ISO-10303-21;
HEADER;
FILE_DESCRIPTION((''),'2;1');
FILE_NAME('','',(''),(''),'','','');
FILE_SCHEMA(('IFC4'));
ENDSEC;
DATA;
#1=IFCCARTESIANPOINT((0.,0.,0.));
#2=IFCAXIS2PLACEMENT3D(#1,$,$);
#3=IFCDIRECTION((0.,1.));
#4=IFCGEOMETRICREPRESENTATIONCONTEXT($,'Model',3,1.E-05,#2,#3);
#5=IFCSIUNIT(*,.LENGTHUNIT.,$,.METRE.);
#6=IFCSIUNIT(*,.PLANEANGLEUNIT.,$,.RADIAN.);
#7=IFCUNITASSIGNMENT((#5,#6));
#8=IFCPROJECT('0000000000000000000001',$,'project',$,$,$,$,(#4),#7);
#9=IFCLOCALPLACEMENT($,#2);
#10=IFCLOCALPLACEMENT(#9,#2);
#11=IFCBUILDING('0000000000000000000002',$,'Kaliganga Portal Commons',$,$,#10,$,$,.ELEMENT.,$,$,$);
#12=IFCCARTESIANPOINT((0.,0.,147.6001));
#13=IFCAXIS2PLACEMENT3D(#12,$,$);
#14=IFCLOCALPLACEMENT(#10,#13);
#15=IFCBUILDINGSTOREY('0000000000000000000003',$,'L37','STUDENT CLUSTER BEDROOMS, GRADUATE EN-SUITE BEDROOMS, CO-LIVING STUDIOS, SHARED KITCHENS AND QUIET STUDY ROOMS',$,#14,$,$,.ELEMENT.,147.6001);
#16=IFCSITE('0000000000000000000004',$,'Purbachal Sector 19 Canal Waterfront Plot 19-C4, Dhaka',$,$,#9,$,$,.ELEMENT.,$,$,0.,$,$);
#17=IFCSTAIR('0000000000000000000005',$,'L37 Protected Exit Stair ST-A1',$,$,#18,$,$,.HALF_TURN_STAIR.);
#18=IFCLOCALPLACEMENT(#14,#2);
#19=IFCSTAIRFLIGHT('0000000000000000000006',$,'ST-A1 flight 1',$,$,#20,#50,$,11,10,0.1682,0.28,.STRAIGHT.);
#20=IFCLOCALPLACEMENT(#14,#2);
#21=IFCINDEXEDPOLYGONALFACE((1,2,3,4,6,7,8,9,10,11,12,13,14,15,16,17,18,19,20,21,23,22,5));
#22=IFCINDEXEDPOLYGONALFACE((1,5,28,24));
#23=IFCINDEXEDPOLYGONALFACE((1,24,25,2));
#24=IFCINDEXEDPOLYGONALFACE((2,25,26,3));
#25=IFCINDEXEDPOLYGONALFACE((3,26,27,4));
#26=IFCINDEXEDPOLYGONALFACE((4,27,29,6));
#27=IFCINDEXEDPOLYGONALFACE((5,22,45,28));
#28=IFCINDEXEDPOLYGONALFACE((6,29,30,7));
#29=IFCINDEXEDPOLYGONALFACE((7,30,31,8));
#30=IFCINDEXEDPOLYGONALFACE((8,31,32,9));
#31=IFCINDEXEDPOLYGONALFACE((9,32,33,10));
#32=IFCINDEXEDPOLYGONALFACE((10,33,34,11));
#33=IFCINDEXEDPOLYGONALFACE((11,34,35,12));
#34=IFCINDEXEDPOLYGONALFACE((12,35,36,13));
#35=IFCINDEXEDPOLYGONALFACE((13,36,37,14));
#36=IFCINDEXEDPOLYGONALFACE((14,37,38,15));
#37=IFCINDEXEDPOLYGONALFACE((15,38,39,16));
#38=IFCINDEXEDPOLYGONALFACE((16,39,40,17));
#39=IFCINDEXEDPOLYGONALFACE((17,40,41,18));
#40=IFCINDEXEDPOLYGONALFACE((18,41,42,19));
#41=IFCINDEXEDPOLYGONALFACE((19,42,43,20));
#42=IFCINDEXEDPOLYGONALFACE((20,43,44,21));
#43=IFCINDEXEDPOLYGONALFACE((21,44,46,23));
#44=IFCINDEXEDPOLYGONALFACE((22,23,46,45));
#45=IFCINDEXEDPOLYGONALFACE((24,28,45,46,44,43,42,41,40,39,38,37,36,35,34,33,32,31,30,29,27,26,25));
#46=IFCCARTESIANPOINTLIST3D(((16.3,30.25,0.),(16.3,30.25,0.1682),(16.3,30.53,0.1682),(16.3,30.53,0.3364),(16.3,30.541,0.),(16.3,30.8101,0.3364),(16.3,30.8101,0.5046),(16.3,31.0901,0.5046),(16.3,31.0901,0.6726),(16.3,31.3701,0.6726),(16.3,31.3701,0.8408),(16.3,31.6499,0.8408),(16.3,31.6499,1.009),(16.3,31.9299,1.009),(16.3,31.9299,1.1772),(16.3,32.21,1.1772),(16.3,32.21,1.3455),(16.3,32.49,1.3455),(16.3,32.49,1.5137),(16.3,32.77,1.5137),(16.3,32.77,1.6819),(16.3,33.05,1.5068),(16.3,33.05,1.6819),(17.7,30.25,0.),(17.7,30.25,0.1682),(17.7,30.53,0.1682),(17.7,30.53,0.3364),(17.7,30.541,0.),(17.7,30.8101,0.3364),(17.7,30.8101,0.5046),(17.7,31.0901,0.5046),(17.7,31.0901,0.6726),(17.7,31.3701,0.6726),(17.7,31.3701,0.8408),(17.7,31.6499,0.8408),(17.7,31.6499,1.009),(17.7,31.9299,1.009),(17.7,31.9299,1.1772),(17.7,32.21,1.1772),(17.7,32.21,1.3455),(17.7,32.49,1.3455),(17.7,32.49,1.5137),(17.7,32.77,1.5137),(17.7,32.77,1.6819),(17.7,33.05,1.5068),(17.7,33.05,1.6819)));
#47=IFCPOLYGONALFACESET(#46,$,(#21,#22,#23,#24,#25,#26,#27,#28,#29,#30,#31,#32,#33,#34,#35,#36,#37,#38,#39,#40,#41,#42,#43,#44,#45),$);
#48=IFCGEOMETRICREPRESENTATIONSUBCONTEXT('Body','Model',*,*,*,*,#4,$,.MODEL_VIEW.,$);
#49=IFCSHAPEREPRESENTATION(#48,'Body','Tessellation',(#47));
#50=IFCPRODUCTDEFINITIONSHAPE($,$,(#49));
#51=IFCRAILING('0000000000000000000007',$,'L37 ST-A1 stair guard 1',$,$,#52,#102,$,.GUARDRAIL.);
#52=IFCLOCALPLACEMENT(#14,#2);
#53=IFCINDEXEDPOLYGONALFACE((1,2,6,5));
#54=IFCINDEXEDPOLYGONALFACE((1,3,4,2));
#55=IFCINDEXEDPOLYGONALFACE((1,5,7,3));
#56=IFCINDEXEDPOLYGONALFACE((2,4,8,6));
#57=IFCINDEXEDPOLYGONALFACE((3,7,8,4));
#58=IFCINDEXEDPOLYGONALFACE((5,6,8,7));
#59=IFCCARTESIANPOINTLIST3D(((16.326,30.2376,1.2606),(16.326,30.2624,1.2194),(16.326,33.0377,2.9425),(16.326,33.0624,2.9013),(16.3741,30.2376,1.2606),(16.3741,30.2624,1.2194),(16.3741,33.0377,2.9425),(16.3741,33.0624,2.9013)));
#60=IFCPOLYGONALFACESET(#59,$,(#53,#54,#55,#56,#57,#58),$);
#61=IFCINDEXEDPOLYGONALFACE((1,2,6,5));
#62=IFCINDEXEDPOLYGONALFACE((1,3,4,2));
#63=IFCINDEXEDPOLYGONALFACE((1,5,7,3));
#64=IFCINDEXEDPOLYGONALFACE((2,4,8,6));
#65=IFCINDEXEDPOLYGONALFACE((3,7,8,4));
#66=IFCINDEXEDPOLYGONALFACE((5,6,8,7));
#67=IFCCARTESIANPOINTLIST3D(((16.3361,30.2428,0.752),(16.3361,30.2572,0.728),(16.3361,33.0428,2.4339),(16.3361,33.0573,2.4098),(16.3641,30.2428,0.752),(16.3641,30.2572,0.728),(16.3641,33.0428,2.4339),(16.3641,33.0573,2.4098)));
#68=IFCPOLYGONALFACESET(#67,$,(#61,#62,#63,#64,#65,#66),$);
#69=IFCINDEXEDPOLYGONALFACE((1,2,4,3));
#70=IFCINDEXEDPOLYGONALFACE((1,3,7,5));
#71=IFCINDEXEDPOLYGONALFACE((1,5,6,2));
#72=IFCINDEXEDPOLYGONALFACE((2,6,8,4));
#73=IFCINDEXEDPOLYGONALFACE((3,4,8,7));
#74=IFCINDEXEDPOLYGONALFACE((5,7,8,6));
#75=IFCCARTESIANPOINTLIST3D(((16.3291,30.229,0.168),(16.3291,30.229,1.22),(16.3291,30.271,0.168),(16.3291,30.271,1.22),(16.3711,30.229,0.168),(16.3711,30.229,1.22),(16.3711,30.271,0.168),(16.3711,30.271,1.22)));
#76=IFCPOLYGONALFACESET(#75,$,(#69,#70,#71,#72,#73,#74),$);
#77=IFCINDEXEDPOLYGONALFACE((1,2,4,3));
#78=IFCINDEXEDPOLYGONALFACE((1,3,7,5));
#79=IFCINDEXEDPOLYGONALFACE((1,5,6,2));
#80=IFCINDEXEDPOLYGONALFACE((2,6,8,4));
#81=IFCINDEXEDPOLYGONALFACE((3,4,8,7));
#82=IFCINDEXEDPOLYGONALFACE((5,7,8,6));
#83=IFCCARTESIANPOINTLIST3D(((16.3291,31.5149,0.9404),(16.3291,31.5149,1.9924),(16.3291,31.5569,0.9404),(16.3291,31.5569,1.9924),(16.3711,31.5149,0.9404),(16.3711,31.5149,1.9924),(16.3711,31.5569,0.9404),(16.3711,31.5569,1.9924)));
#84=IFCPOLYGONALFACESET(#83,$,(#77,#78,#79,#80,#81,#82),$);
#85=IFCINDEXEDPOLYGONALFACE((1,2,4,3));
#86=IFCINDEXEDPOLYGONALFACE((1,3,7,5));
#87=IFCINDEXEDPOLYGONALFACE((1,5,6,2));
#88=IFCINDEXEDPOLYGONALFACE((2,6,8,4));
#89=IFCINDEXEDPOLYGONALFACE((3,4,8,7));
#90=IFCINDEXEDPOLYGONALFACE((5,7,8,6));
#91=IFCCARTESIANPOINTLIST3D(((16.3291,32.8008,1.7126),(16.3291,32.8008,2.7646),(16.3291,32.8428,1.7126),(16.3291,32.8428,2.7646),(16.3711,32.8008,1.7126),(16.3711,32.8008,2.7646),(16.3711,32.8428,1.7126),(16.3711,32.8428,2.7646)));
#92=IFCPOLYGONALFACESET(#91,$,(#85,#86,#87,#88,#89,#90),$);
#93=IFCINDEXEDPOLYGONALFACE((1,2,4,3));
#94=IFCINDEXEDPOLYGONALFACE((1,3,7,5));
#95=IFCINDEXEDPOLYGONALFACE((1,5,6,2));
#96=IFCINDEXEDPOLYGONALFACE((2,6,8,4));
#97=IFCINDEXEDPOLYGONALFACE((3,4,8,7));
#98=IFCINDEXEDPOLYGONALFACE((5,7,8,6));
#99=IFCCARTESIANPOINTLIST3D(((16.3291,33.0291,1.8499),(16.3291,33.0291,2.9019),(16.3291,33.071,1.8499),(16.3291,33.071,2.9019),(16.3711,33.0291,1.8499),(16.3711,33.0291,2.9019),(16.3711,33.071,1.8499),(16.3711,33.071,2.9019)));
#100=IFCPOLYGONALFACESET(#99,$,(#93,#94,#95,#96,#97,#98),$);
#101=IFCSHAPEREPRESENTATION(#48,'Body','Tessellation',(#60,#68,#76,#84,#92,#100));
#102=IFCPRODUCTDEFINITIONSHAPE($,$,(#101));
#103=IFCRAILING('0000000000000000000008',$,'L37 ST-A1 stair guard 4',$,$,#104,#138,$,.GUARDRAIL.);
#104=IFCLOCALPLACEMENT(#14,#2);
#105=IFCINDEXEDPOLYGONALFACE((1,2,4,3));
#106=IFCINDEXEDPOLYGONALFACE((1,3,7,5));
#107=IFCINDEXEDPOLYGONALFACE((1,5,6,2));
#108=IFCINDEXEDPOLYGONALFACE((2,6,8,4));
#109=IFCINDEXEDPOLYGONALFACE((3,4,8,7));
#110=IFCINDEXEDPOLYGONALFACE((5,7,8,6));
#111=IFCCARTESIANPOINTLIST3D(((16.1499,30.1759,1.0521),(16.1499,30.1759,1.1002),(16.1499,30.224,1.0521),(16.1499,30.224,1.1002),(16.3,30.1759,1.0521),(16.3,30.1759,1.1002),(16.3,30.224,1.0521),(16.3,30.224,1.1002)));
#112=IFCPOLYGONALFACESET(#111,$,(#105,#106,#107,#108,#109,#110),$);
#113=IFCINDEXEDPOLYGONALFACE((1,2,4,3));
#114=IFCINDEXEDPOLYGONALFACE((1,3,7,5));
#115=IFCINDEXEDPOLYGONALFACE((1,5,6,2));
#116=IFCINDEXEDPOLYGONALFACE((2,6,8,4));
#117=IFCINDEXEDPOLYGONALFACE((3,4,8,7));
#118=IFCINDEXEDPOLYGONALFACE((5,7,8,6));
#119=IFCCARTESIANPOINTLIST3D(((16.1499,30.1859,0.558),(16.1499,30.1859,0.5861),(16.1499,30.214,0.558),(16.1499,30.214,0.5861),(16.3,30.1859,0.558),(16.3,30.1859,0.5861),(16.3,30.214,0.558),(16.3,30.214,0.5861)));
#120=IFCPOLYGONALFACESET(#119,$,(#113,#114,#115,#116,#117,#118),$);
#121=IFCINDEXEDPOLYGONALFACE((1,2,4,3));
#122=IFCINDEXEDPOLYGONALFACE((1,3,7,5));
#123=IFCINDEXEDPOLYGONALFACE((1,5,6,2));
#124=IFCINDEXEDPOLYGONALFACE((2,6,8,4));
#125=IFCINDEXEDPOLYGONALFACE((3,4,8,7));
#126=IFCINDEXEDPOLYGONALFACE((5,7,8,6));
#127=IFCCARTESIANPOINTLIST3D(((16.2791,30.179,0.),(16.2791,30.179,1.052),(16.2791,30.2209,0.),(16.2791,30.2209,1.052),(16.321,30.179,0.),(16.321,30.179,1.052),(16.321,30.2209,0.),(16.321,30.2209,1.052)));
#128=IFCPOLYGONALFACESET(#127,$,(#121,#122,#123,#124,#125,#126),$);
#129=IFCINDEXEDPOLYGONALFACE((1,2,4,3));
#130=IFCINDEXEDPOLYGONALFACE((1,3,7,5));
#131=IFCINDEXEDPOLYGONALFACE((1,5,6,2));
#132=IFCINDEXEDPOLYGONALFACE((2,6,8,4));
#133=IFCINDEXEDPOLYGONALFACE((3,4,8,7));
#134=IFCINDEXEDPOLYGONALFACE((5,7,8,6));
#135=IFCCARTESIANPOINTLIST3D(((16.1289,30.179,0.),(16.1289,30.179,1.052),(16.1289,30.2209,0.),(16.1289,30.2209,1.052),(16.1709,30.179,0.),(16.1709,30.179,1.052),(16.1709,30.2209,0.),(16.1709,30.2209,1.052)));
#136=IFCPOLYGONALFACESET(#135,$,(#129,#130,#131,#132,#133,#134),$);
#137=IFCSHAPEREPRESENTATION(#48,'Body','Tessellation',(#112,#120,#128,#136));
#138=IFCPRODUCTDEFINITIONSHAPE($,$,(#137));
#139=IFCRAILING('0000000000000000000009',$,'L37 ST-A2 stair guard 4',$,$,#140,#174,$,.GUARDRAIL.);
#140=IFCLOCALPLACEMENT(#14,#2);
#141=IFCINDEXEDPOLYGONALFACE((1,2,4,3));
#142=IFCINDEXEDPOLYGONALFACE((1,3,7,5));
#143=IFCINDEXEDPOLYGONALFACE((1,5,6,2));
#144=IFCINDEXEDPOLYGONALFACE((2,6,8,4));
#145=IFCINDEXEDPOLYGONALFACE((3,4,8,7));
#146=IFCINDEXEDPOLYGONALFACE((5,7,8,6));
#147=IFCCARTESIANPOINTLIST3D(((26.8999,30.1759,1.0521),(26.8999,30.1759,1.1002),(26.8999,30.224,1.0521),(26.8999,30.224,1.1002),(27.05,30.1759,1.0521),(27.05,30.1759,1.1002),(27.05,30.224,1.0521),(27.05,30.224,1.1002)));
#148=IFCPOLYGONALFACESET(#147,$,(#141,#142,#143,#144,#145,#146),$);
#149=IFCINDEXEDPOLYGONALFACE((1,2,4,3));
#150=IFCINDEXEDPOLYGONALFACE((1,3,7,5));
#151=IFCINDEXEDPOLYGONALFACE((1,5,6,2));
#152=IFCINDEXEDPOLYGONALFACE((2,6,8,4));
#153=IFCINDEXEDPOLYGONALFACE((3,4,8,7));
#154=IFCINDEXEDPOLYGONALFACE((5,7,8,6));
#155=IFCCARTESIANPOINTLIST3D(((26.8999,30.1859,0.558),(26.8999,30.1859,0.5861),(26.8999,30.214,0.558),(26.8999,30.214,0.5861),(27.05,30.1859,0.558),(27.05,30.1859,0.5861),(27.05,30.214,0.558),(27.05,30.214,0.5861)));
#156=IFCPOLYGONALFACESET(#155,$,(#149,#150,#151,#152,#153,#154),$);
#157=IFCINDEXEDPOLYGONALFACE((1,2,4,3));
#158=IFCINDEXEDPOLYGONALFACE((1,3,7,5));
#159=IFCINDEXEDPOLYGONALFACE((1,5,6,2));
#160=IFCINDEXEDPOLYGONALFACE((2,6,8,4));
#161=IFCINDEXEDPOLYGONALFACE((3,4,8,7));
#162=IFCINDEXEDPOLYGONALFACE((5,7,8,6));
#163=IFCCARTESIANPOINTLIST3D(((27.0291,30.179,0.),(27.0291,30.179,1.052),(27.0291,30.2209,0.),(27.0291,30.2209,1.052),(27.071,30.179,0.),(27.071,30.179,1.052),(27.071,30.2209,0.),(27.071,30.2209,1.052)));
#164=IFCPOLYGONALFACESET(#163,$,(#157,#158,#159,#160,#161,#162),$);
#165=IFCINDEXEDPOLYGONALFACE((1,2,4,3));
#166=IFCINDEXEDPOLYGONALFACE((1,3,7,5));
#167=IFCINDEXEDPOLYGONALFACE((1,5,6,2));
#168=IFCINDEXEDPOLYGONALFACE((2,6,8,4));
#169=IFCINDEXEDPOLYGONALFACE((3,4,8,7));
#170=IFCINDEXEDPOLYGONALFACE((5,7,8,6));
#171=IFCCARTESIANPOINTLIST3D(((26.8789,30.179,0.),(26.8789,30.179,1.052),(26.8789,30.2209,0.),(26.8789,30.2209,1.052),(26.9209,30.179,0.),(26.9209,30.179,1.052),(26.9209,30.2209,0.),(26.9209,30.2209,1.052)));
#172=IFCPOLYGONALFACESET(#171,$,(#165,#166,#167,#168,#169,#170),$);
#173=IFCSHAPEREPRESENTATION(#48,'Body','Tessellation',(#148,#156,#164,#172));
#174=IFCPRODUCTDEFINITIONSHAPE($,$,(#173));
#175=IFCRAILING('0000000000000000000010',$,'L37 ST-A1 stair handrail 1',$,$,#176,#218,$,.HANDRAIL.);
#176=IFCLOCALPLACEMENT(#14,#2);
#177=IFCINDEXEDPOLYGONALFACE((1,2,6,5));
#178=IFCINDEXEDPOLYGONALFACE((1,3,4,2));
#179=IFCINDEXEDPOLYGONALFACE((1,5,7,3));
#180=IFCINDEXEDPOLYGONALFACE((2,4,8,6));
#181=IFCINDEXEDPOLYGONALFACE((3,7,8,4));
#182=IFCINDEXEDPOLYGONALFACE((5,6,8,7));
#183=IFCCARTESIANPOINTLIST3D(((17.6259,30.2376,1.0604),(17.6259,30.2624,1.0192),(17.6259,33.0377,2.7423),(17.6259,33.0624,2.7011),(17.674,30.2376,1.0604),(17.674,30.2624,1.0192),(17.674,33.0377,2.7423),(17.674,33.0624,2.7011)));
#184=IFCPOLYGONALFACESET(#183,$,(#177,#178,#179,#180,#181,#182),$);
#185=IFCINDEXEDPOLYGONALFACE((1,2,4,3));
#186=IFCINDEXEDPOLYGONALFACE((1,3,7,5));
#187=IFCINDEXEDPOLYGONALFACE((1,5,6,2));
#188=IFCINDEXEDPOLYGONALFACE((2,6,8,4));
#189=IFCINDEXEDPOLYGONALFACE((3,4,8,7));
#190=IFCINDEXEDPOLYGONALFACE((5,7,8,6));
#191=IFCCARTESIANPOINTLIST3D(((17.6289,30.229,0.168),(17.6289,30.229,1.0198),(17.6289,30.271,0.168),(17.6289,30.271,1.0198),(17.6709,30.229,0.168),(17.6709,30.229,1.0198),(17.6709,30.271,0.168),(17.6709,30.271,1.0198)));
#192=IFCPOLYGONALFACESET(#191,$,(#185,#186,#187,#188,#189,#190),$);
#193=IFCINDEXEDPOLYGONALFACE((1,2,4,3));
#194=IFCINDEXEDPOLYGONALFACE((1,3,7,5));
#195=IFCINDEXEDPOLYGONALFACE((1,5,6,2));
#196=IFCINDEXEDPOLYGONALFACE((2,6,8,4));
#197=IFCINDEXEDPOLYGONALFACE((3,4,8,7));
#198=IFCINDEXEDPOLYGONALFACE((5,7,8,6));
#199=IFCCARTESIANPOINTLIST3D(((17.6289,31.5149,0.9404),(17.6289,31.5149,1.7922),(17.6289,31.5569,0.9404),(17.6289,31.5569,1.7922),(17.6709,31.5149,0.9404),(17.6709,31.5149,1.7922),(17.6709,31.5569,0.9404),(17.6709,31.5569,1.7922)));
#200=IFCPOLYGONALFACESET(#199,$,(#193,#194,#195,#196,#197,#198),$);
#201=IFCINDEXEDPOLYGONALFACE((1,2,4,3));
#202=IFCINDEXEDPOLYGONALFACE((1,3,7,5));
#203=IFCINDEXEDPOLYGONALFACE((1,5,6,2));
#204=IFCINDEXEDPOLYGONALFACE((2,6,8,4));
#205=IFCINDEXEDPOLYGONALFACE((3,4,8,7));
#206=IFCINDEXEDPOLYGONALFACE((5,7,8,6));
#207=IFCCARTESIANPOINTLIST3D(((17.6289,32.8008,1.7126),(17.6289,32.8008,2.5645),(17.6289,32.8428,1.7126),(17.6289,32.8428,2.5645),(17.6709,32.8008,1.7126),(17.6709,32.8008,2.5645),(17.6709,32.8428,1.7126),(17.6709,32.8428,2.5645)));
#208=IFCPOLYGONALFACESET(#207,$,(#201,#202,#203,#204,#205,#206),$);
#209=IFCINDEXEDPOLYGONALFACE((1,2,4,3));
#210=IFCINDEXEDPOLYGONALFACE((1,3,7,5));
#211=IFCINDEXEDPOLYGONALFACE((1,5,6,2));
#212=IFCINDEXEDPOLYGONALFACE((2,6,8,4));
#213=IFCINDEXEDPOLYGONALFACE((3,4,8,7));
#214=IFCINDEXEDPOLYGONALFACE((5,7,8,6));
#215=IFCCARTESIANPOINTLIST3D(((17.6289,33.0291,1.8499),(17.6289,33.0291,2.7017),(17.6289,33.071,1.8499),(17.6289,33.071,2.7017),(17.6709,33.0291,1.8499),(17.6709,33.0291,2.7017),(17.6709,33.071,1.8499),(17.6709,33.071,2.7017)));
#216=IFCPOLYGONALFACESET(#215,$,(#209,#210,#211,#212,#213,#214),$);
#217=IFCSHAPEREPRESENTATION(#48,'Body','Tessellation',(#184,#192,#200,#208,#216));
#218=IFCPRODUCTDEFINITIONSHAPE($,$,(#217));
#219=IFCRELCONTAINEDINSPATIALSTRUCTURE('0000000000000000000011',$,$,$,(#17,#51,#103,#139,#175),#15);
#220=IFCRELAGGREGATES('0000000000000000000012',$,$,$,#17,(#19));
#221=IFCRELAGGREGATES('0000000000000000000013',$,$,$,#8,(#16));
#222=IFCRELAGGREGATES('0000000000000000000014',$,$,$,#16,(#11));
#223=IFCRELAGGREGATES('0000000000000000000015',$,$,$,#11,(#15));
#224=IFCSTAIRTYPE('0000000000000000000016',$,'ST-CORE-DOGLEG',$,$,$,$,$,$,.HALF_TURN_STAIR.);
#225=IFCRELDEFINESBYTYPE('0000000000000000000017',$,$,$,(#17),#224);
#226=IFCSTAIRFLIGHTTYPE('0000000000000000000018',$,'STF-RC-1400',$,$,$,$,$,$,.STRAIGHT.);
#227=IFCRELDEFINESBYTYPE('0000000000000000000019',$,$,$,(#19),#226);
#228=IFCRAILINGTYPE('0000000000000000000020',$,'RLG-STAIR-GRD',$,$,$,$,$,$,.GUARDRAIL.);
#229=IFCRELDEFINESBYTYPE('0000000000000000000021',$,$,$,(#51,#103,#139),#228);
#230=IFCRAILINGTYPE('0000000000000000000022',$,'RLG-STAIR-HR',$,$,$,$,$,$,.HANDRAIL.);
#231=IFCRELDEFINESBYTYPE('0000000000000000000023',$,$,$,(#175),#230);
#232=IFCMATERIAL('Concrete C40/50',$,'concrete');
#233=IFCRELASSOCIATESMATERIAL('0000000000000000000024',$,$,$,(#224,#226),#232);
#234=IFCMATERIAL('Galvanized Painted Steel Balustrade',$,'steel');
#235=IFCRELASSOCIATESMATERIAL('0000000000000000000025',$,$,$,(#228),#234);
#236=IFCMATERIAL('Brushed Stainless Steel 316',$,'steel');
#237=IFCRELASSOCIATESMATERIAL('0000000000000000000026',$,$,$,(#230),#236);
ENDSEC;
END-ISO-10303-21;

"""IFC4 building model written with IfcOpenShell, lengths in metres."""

from ifc_helpers import new_model, si_unit, direction, frame, origin, origin_2d, place, context, subcontext, project, spatial, polyline, rectangle, outline, extrude, material, type_object, element, aggregate, save


model = new_model("IFC4")

# Units and contexts
model_context = context("Model", 3, precision=1e-05, world=origin(), true_north=direction((0.0, 1.0)))
body_context = subcontext(model_context, "Body", "Model", "MODEL_VIEW")
ifc_project = project(units=[si_unit("LENGTHUNIT", "METRE"), si_unit("PLANEANGLEUNIT", "RADIAN")], contexts=[model_context])

# Site, building, storey
site_placement = place(None, origin())
site = spatial("IfcSite", under=ifc_project, at=site_placement, Name="Purbachal Sector 19 Canal Waterfront Plot 19-C4, Dhaka", CompositionType="ELEMENT", RefElevation=0.0)
building_placement = place(site_placement, origin())
building = spatial("IfcBuilding", under=site, at=building_placement, Name="Kaliganga Portal Commons", CompositionType="ELEMENT")
storey_placement = place(building_placement, frame((0.0, 0.0, 147.6001)))
storey = spatial("IfcBuildingStorey", under=building, at=storey_placement, Name="L37", Description="STUDENT CLUSTER BEDROOMS, GRADUATE EN-SUITE BEDROOMS, CO-LIVING STUDIOS, SHARED KITCHENS AND QUIET STUDY ROOMS", CompositionType="ELEMENT", Elevation=147.6001)

# Stair, stair flight
ifc_material_1 = material(Name="Concrete C40/50", Category="concrete")
stair_type = type_object("IfcStairType", Name="ST-CORE-DOGLEG", PredefinedType="HALF_TURN_STAIR", material=ifc_material_1)
stair_placement = place(storey_placement, origin())
stair = element("IfcStair", 1, at=stair_placement, inside=storey, type_object=stair_type, Name="L37 Protected Exit Stair ST-A1", PredefinedType="HALF_TURN_STAIR")
stair_flight_type = type_object("IfcStairFlightType", Name="STF-RC-1400", PredefinedType="STRAIGHT", material=ifc_material_1)
stair_flight_placement = place(storey_placement, frame((17.0, 30.25, 0.0), z_axis=(0.0, 0.0, 1.0), x_axis=(0.0, 1.0, 0.0)))
stair_flight = element("IfcStairFlight", 2, at=stair_flight_placement, type_object=stair_flight_type, Name="ST-A1 flight 1", NumberOfRisers=11, NumberOfTreads=10, PredefinedType="STRAIGHT", RiserHeight=0.1682, TreadLength=0.28, context=body_context, shape_type="SweptSolid", body=[
    extrude(outline(polyline([(0.0, 0.0), (0.0, 0.1682), (0.28, 0.1682), (0.28, 0.3364), (0.5601, 0.3364), (0.5601, 0.5046), (0.8401, 0.5046), (0.8401, 0.6726), (1.1201, 0.6726), (1.1201, 0.8408), (1.3999, 0.8408), (1.3999, 1.009), (1.6799, 1.009), (1.6799, 1.1772), (1.96, 1.1772), (1.96, 1.3455), (2.24, 1.3455), (2.24, 1.5137), (2.52, 1.5137), (2.52, 1.6819), (2.8, 1.6819), (2.8, 1.8501), (2.8, 1.5068), (0.291, 0.0), (0.0, 0.0)])), frame((0.0, 0.7, 0.0), z_axis=(0.0, -1.0, 0.0), x_axis=(1.0, 0.0, 0.0)), (0.0, 0.0, 1.0), 1.3999),
])
aggregate(stair, [stair_flight])

# Railings
ifc_material_2 = material(Name="Galvanized Painted Steel Balustrade", Category="steel")
railing_type_1 = type_object("IfcRailingType", Name="RLG-STAIR-GRD", PredefinedType="GUARDRAIL", material=ifc_material_2)
railing_1_placement = place(storey_placement, frame((16.3501, 30.25, 0.168)))
element("IfcRailing", 3, at=railing_1_placement, inside=storey, type_object=railing_type_1, Name="L37 ST-A1 stair guard 1", PredefinedType="GUARDRAIL", context=body_context, shape_type="SweptSolid", body=[
    extrude(rectangle(XDim=0.0481, YDim=0.0481, at=origin_2d()), frame((0.0, 0.0, 1.072), z_axis=(0.0, 0.857242, 0.514913), x_axis=(-1.0, 0.0, 0.0)), (0.0, 0.0, 1.0), 3.2664),
    extrude(rectangle(XDim=0.0281, YDim=0.0281, at=origin_2d()), frame((0.0, 0.0, 0.572), z_axis=(0.0, 0.857242, 0.514913), x_axis=(-1.0, 0.0, 0.0)), (0.0, 0.0, 1.0), 3.2664),
    extrude(rectangle(XDim=0.042, YDim=0.042, at=origin_2d()), origin(), (0.0, 0.0, 1.0), 1.052),
    extrude(rectangle(XDim=0.042, YDim=0.042, at=origin_2d()), frame((0.0, 1.2859, 0.7725)), (0.0, 0.0, 1.0), 1.052),
    extrude(rectangle(XDim=0.042, YDim=0.042, at=origin_2d()), frame((0.0, 2.5718, 1.5447)), (0.0, 0.0, 1.0), 1.052),
    extrude(rectangle(XDim=0.042, YDim=0.042, at=origin_2d()), frame((0.0, 2.8, 1.6819)), (0.0, 0.0, 1.0), 1.052),
])
for number, where, name in (
    (4, (16.3, 30.2, 0.0), "L37 ST-A1 stair guard 4"),
    (5, (27.05, 30.2, 0.0), "L37 ST-A2 stair guard 4"),
):
    element("IfcRailing", number, at=place(storey_placement, frame(where)), inside=storey, type_object=railing_type_1, Name=name, PredefinedType="GUARDRAIL", context=body_context, shape_type="SweptSolid", body=[
        extrude(rectangle(XDim=0.0481, YDim=0.0481, at=origin_2d()), frame((0.0, 0.0, 1.0762), z_axis=(-1.0, 0.0, 0.0), x_axis=(0.0, -1.0, 0.0)), (0.0, 0.0, 1.0), 0.1501),
        extrude(rectangle(XDim=0.0281, YDim=0.0281, at=origin_2d()), frame((0.0, 0.0, 0.572), z_axis=(-1.0, 0.0, 0.0), x_axis=(0.0, -1.0, 0.0)), (0.0, 0.0, 1.0), 0.1501),
        extrude(rectangle(XDim=0.042, YDim=0.042, at=origin_2d()), origin(), (0.0, 0.0, 1.0), 1.052),
        extrude(rectangle(XDim=0.042, YDim=0.042, at=origin_2d()), frame((-0.1501, 0.0, 0.0)), (0.0, 0.0, 1.0), 1.052),
    ])
ifc_material_3 = material(Name="Brushed Stainless Steel 316", Category="steel")
railing_type_2 = type_object("IfcRailingType", Name="RLG-STAIR-HR", PredefinedType="HANDRAIL", material=ifc_material_3)
railing_2_placement = place(storey_placement, frame((17.6499, 30.25, 0.168)))
element("IfcRailing", 6, at=railing_2_placement, inside=storey, type_object=railing_type_2, Name="L37 ST-A1 stair handrail 1", PredefinedType="HANDRAIL", context=body_context, shape_type="SweptSolid", body=[
    extrude(rectangle(XDim=0.0481, YDim=0.0481, at=origin_2d()), frame((0.0, 0.0, 0.8718), z_axis=(0.0, 0.857242, 0.514913), x_axis=(-1.0, 0.0, 0.0)), (0.0, 0.0, 1.0), 3.2664),
    extrude(rectangle(XDim=0.042, YDim=0.042, at=origin_2d()), origin(), (0.0, 0.0, 1.0), 0.8518),
    extrude(rectangle(XDim=0.042, YDim=0.042, at=origin_2d()), frame((0.0, 1.2859, 0.7725)), (0.0, 0.0, 1.0), 0.8518),
    extrude(rectangle(XDim=0.042, YDim=0.042, at=origin_2d()), frame((0.0, 2.5718, 1.5447)), (0.0, 0.0, 1.0), 0.8518),
    extrude(rectangle(XDim=0.042, YDim=0.042, at=origin_2d()), frame((0.0, 2.8, 1.6819)), (0.0, 0.0, 1.0), 0.8518),
])

save(model, "model.ifc")
